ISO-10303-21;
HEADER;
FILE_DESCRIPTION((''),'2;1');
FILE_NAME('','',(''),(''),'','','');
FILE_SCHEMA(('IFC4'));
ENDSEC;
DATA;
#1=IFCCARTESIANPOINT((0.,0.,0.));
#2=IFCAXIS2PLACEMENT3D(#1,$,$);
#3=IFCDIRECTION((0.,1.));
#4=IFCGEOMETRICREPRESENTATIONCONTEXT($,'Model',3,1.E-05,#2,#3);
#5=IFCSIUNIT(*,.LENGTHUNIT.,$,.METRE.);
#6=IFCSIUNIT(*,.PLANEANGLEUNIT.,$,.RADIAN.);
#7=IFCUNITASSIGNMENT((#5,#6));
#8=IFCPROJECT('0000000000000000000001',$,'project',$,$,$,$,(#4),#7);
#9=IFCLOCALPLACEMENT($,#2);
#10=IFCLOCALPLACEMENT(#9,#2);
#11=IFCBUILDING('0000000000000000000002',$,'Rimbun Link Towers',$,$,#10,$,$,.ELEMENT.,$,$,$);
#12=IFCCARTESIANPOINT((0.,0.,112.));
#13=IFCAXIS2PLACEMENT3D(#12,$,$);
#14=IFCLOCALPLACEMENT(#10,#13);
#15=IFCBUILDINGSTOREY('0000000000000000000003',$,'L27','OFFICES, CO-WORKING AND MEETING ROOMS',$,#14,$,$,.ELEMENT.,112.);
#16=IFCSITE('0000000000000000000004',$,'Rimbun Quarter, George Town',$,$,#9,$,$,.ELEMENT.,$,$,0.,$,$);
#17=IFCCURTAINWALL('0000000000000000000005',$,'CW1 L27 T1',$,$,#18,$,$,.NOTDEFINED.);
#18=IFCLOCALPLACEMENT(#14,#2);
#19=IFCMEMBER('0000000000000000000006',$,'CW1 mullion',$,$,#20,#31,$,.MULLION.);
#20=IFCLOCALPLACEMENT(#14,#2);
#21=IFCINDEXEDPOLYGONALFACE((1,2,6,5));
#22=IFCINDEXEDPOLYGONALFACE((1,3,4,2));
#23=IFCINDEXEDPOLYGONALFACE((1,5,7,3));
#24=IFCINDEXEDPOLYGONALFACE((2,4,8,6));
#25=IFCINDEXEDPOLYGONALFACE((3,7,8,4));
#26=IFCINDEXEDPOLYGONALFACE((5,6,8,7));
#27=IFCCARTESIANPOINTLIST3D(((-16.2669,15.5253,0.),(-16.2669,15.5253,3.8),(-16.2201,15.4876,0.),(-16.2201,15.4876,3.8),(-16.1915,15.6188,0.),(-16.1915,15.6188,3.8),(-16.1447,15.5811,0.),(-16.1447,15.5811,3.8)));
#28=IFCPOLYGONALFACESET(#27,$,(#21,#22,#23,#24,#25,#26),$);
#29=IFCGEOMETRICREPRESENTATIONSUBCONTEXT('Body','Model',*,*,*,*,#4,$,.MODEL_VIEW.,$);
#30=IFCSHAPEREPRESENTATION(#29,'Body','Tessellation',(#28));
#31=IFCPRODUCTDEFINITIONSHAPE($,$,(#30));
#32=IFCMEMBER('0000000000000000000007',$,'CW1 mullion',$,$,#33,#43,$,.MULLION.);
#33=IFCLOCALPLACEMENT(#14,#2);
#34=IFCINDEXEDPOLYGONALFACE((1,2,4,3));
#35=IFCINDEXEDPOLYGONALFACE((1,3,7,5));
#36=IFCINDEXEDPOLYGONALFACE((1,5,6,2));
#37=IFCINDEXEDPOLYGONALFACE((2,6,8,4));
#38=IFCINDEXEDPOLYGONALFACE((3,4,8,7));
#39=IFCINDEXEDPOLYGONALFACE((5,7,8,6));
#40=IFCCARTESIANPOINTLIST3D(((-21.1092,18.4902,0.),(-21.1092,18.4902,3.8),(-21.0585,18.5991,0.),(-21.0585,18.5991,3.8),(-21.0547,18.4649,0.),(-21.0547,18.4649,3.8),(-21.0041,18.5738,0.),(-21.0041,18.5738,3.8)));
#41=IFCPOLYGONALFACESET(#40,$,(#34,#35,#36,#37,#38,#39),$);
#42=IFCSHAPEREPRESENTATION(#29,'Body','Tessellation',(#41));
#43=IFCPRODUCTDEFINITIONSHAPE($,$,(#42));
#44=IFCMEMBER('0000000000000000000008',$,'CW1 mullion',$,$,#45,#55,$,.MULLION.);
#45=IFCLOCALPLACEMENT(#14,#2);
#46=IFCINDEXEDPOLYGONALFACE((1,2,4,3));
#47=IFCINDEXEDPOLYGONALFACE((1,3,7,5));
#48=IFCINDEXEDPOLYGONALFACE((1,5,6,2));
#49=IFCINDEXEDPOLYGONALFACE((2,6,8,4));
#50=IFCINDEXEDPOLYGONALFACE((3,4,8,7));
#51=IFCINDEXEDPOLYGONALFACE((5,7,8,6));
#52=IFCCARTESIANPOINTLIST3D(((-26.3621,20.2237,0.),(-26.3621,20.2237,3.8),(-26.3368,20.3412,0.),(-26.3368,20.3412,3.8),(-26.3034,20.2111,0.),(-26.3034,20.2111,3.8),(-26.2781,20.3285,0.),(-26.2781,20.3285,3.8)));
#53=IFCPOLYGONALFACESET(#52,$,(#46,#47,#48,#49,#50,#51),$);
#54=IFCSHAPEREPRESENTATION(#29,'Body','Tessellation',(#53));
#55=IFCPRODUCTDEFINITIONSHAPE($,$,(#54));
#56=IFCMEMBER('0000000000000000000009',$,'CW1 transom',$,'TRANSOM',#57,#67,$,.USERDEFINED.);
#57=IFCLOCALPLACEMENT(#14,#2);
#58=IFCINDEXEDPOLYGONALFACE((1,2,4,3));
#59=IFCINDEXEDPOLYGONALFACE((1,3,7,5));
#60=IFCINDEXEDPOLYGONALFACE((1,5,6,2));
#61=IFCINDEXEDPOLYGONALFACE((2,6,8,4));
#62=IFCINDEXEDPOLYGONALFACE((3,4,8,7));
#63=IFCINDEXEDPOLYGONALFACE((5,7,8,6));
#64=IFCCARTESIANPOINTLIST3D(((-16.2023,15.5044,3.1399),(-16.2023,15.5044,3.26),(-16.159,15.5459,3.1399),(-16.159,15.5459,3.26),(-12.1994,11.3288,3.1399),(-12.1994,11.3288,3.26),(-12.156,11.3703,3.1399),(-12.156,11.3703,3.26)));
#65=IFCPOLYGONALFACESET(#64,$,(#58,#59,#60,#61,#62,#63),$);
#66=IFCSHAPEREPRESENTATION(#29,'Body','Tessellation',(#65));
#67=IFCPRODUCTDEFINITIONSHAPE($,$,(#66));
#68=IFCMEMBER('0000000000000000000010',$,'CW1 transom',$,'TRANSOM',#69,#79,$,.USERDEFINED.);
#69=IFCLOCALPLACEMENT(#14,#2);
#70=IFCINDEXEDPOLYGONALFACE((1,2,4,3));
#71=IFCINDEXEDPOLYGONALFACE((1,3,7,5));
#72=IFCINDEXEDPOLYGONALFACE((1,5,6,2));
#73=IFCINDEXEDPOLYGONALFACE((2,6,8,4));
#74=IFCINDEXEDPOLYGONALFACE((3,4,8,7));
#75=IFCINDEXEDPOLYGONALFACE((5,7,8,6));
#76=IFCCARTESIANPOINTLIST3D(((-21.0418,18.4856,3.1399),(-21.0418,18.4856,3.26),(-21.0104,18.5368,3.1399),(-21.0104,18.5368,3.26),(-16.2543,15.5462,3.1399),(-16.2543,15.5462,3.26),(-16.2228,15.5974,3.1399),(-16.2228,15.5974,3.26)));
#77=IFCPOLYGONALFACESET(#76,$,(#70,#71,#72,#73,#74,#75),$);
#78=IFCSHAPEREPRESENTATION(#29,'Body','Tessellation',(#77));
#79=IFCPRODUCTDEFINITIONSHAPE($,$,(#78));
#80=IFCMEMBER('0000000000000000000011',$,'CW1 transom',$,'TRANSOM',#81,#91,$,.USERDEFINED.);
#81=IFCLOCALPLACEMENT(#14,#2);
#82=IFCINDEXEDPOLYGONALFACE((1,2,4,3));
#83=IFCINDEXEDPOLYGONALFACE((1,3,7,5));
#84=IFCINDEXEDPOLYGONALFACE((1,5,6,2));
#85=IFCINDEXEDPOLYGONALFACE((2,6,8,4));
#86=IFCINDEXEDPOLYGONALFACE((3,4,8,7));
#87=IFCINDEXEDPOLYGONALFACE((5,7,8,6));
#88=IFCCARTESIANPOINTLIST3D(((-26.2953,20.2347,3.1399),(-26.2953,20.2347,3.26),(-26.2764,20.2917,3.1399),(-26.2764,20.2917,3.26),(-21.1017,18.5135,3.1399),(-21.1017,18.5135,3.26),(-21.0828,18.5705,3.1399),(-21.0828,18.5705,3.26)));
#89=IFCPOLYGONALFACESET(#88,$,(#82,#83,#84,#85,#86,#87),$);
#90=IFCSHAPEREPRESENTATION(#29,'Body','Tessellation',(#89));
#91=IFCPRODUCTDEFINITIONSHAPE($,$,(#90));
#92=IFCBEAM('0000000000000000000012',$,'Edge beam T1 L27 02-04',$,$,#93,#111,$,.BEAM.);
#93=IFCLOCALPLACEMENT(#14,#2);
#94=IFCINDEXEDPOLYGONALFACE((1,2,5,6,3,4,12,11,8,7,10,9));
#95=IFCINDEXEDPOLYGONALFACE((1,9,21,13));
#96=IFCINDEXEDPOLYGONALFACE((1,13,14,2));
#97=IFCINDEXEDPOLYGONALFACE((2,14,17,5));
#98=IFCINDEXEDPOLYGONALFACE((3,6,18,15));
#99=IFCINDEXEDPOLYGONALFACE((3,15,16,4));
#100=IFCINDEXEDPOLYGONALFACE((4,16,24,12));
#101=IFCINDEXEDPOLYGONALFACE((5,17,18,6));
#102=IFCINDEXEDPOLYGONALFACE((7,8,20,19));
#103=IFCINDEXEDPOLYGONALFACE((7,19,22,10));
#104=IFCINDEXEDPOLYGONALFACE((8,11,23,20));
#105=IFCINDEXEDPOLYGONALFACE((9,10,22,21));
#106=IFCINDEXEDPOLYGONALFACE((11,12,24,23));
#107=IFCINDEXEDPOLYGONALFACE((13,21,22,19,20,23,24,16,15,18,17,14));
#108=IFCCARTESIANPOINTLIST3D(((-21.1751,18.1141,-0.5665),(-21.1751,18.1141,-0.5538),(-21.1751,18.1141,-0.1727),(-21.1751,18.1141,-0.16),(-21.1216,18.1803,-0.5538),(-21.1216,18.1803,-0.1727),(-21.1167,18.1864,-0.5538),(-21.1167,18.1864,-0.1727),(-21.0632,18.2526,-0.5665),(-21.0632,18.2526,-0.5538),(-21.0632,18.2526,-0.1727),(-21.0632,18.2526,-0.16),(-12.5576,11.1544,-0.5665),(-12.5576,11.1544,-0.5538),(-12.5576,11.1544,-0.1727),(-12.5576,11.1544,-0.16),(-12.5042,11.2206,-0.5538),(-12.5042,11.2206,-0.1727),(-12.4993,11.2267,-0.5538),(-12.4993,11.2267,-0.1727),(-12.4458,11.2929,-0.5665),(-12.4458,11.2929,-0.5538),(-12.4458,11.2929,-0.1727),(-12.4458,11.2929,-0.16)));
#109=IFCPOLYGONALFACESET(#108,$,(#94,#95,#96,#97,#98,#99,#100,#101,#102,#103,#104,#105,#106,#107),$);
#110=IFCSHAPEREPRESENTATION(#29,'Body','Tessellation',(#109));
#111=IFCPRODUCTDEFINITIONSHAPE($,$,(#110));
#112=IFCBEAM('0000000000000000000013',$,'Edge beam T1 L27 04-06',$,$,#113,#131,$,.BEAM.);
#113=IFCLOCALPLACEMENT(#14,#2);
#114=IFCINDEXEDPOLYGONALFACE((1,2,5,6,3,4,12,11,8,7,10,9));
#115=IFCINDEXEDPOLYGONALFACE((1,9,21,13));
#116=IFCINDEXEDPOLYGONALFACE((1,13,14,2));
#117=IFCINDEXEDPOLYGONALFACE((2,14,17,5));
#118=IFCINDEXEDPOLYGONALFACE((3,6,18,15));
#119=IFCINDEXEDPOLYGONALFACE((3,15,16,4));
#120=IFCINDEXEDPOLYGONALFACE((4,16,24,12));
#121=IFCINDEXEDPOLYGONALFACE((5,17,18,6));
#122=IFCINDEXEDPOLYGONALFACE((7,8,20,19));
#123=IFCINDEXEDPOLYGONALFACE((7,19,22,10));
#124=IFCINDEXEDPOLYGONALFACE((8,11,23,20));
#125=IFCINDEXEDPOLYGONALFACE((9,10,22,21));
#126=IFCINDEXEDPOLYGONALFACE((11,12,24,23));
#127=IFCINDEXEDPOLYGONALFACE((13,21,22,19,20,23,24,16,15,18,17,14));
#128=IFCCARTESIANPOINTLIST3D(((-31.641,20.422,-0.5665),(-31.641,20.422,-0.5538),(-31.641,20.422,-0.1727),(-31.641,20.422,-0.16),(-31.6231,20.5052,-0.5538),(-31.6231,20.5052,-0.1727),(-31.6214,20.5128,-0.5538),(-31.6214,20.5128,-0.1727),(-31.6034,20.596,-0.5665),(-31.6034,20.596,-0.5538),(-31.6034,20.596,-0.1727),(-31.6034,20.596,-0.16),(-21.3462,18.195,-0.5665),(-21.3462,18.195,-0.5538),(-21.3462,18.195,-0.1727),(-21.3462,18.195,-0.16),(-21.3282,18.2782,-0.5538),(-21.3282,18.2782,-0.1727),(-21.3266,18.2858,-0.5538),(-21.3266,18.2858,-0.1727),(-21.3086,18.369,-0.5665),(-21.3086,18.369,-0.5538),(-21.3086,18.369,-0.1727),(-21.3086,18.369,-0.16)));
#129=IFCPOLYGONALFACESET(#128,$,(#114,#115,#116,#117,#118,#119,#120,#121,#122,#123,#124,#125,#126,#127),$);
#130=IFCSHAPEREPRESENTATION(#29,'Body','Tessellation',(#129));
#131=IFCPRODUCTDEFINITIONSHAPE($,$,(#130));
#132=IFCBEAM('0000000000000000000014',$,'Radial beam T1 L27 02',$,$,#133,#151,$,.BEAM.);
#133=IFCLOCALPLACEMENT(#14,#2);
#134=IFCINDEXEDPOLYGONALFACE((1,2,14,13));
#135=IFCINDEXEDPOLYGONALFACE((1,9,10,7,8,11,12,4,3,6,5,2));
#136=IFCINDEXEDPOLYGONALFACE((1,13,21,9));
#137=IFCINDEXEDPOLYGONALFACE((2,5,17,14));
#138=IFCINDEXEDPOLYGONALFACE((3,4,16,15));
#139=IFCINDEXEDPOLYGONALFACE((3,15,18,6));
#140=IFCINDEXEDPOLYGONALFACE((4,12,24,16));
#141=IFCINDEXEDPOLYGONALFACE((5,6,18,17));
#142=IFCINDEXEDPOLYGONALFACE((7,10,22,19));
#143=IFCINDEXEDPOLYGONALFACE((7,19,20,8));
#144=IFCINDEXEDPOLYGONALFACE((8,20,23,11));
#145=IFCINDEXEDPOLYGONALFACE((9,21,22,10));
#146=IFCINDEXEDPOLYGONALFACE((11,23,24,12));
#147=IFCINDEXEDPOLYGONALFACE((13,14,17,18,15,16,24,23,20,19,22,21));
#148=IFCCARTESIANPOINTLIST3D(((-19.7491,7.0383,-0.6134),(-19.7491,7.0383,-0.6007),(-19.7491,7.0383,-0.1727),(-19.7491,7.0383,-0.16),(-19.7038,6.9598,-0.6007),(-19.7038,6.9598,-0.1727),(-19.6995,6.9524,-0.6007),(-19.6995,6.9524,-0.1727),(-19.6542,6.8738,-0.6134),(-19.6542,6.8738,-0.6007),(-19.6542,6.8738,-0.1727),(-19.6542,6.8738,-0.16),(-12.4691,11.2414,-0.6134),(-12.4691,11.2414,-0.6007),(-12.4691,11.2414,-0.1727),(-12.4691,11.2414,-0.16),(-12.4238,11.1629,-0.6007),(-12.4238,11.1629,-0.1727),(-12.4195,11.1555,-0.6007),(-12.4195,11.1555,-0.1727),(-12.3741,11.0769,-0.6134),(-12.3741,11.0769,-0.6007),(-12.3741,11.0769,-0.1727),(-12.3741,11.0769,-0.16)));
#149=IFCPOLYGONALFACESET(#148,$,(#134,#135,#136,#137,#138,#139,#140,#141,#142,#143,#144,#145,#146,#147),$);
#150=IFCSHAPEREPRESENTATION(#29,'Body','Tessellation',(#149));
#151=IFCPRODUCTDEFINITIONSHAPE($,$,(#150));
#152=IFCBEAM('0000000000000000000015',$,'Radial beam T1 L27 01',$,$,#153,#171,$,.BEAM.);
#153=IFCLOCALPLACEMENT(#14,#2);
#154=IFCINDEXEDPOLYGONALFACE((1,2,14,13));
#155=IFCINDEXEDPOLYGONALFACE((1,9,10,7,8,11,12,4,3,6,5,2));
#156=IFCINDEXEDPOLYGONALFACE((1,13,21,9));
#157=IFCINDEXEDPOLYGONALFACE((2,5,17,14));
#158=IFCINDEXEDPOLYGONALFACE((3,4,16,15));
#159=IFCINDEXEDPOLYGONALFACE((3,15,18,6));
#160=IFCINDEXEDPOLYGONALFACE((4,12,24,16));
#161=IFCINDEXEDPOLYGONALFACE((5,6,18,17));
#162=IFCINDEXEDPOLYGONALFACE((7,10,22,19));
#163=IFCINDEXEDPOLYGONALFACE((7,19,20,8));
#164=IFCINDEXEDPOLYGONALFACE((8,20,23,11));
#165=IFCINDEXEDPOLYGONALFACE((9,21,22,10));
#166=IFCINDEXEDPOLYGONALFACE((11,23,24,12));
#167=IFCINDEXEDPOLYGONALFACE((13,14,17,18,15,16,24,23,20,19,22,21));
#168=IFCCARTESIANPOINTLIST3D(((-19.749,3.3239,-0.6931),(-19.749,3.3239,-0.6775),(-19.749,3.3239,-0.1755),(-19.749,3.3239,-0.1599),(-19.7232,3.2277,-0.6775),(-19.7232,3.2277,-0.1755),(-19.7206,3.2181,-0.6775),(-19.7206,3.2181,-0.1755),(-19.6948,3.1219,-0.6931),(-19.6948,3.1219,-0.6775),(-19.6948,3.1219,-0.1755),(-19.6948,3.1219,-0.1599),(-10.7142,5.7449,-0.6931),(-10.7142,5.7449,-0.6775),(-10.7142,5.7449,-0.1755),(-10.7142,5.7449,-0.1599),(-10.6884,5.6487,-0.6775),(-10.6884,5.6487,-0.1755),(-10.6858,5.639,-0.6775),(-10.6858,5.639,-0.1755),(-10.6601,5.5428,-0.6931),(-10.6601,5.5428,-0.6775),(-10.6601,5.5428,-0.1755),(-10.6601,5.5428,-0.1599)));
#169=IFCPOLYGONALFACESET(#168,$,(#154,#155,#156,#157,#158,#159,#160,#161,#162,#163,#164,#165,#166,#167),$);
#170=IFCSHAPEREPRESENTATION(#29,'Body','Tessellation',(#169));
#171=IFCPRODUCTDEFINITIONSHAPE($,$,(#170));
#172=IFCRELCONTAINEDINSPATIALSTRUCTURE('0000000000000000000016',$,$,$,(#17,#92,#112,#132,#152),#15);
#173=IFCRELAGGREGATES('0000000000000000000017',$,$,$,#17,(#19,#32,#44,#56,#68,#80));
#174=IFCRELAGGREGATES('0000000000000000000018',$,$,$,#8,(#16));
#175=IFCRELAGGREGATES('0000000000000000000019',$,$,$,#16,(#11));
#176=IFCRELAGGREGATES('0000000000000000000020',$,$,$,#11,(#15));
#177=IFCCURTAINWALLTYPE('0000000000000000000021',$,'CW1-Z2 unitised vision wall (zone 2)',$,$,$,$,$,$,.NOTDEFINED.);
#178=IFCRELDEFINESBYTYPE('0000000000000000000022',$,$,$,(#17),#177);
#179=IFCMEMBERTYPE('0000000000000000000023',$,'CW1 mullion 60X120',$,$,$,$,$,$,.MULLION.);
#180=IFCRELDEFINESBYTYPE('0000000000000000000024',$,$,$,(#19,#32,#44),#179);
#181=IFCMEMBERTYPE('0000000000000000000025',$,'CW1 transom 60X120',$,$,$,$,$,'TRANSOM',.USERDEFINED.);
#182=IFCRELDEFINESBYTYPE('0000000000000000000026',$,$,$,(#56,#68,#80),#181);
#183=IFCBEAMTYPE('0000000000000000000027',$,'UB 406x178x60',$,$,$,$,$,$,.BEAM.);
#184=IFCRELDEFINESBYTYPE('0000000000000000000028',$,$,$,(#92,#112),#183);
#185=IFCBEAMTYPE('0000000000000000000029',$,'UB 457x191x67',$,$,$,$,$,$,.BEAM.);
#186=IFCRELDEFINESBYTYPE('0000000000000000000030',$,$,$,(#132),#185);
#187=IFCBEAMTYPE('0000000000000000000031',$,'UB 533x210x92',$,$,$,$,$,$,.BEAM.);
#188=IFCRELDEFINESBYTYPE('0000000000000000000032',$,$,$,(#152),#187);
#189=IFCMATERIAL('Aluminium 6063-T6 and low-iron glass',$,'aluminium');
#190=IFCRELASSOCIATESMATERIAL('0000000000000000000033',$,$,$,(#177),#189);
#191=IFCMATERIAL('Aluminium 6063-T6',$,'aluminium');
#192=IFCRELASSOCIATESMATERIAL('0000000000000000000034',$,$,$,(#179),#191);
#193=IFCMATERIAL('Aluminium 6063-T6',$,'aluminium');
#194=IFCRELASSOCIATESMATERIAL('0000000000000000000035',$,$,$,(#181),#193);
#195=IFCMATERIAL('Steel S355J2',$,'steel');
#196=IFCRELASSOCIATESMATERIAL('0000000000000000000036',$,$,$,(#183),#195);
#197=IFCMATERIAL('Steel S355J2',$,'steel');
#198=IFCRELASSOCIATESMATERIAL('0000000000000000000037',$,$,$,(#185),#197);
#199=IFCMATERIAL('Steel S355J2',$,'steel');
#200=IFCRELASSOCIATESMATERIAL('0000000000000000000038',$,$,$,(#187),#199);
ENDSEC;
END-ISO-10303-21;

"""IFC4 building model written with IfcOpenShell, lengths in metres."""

from ifc_helpers import new_model, si_unit, direction, frame, origin, origin_2d, place, context, subcontext, project, spatial, rectangle, i_section, extrude, material, material_profile, profile_set, type_object, element, aggregate, save


model = new_model("IFC4")

# Units and contexts
model_context = context("Model", 3, precision=1e-05, world=origin(), true_north=direction((0.0, 1.0)))
body_context = subcontext(model_context, "Body", "Model", "MODEL_VIEW")
ifc_project = project(units=[si_unit("LENGTHUNIT", "METRE"), si_unit("PLANEANGLEUNIT", "RADIAN")], contexts=[model_context])

# Site, building, storey
site_placement = place(None, origin())
site = spatial("IfcSite", under=ifc_project, at=site_placement, Name="Rimbun Quarter, George Town", CompositionType="ELEMENT", RefElevation=0.0)
building_placement = place(site_placement, origin())
building = spatial("IfcBuilding", under=site, at=building_placement, Name="Rimbun Link Towers", CompositionType="ELEMENT")
storey_placement = place(building_placement, frame((0.0, 0.0, 112.0)))
storey = spatial("IfcBuildingStorey", under=building, at=storey_placement, Name="L27", Description="OFFICES, CO-WORKING AND MEETING ROOMS", CompositionType="ELEMENT", Elevation=112.0)

# Curtain wall, members
ifc_material_1 = material(Name="Aluminium 6063-T6 and low-iron glass", Category="aluminium")
curtain_wall_type = type_object("IfcCurtainWallType", Name="CW1-Z2 unitised vision wall (zone 2)", PredefinedType="NOTDEFINED", material=ifc_material_1)
curtain_wall_placement = place(storey_placement, origin())
curtain_wall = element("IfcCurtainWall", 1, at=curtain_wall_placement, inside=storey, type_object=curtain_wall_type, Name="CW1 L27 T1", PredefinedType="NOTDEFINED")
ifc_material_2 = material(Name="Aluminium 6063-T6", Category="aluminium")
ifc_material_profile_1 = material_profile(ifc_material_2, rectangle(XDim=0.1201, YDim=0.0601, at=origin_2d()), Name="MULLION 60X120")
ifc_profile_set_1 = profile_set([ifc_material_profile_1], Name="Aluminium 6063-T6")
member_type_1 = type_object("IfcMemberType", Name="CW1 mullion 60X120", PredefinedType="MULLION", material=ifc_profile_set_1)
member_1_placement = place(storey_placement, frame((-16.2058, 15.5532, 0.0), z_axis=(0.0, 0.0, 1.0), x_axis=(0.62767, 0.778479, 0.0)))
member_1 = element("IfcMember", 2, at=member_1_placement, type_object=member_type_1, Name="CW1 mullion", PredefinedType="MULLION", context=body_context, shape_type="SweptSolid", body=[
    extrude(rectangle(XDim=0.1201, YDim=0.0601, at=origin_2d()), origin(), (0.0, 0.0, 1.0), 3.8),
])
member_2_placement = place(storey_placement, frame((-21.0566, 18.532, 0.0), z_axis=(0.0, 0.0, 1.0), x_axis=(0.421703, 0.906734, 0.0)))
member_2 = element("IfcMember", 3, at=member_2_placement, type_object=member_type_1, Name="CW1 mullion", PredefinedType="MULLION", context=body_context, shape_type="SweptSolid", body=[
    extrude(rectangle(XDim=0.1201, YDim=0.0601, at=origin_2d()), origin(), (0.0, 0.0, 1.0), 3.8),
])
member_3_placement = place(storey_placement, frame((-26.3201, 20.2761, 0.0), z_axis=(0.0, 0.0, 1.0), x_axis=(0.210865, 0.977515, 0.0)))
member_3 = element("IfcMember", 4, at=member_3_placement, type_object=member_type_1, Name="CW1 mullion", PredefinedType="MULLION", context=body_context, shape_type="SweptSolid", body=[
    extrude(rectangle(XDim=0.1201, YDim=0.0601, at=origin_2d()), origin(), (0.0, 0.0, 1.0), 3.8),
])
ifc_material_3 = material(Name="Aluminium 6063-T6", Category="aluminium")
ifc_material_profile_2 = material_profile(ifc_material_3, rectangle(XDim=0.0601, YDim=0.1201, at=origin_2d()), Name="TRANSOM 60X120")
ifc_profile_set_2 = profile_set([ifc_material_profile_2], Name="Aluminium 6063-T6")
member_type_2 = type_object("IfcMemberType", Name="CW1 transom 60X120", ElementType="TRANSOM", PredefinedType="USERDEFINED", material=ifc_profile_set_2)
member_4_placement = place(storey_placement, frame((-16.1807, 15.5251, 3.2), z_axis=(0.692029, -0.72187, 0.0), x_axis=(0.72187, 0.692029, 0.0)))
member_4 = element("IfcMember", 5, at=member_4_placement, type_object=member_type_2, Name="CW1 transom", ObjectType="TRANSOM", PredefinedType="USERDEFINED", context=body_context, shape_type="SweptSolid", body=[
    extrude(rectangle(XDim=0.0601, YDim=0.1201, at=origin_2d()), origin(), (0.0, 0.0, 1.0), 5.7844),
])
member_5_placement = place(storey_placement, frame((-21.0261, 18.5112, 3.2), z_axis=(0.852195, -0.523224, 0.0), x_axis=(0.523224, 0.852195, 0.0)))
member_5 = element("IfcMember", 6, at=member_5_placement, type_object=member_type_2, Name="CW1 transom", ObjectType="TRANSOM", PredefinedType="USERDEFINED", context=body_context, shape_type="SweptSolid", body=[
    extrude(rectangle(XDim=0.0601, YDim=0.1201, at=origin_2d()), origin(), (0.0, 0.0, 1.0), 5.6179),
])
member_6_placement = place(storey_placement, frame((-26.2859, 20.2632, 3.2), z_axis=(0.949231, -0.314581, 0.0), x_axis=(0.314581, 0.949231, 0.0)))
member_6 = element("IfcMember", 7, at=member_6_placement, type_object=member_type_2, Name="CW1 transom", ObjectType="TRANSOM", PredefinedType="USERDEFINED", context=body_context, shape_type="SweptSolid", body=[
    extrude(rectangle(XDim=0.0601, YDim=0.1201, at=origin_2d()), origin(), (0.0, 0.0, 1.0), 5.4714),
])

# Beams
ifc_material_4 = material(Name="Steel S355J2", Category="steel")
ifc_material_profile_3 = material_profile(ifc_material_4, i_section(OverallWidth=0.178, OverallDepth=0.4065, WebThickness=0.0078, FlangeThickness=0.0127, at=origin_2d()), Name="UB 406x178x60")
ifc_profile_set_3 = profile_set([ifc_material_profile_3], Name="Steel S355J2")
beam_type_1 = type_object("IfcBeamType", Name="UB 406x178x60", PredefinedType="BEAM", material=ifc_profile_set_3)
beam_1_placement = place(storey_placement, frame((-12.5017, 11.2236, -0.3633), z_axis=(-0.777964, 0.628309, 0.0), x_axis=(-0.628309, -0.777964, 0.0)))
element("IfcBeam", 8, at=beam_1_placement, inside=storey, type_object=beam_type_1, Name="Edge beam T1 L27 02-04", PredefinedType="BEAM", context=body_context, shape_type="SweptSolid", body=[
    extrude(i_section(OverallWidth=0.178, OverallDepth=0.4065, WebThickness=0.0078, FlangeThickness=0.0127, at=origin_2d()), origin(), (0.0, 0.0, 1.0), 11.0769),
])
beam_2_placement = place(storey_placement, frame((-21.3274, 18.282, -0.3633), z_axis=(-0.977392, 0.211435, 0.0), x_axis=(-0.211435, -0.977392, 0.0)))
element("IfcBeam", 9, at=beam_2_placement, inside=storey, type_object=beam_type_1, Name="Edge beam T1 L27 04-06", PredefinedType="BEAM", context=body_context, shape_type="SweptSolid", body=[
    extrude(i_section(OverallWidth=0.178, OverallDepth=0.4065, WebThickness=0.0078, FlangeThickness=0.0127, at=origin_2d()), origin(), (0.0, 0.0, 1.0), 10.533),
])
ifc_material_5 = material(Name="Steel S355J2", Category="steel")
ifc_material_profile_4 = material_profile(ifc_material_5, i_section(OverallWidth=0.1899, OverallDepth=0.4534, WebThickness=0.0085, FlangeThickness=0.0127, at=origin_2d()), Name="UB 457x191x67")
ifc_profile_set_4 = profile_set([ifc_material_profile_4], Name="Steel S355J2")
beam_type_2 = type_object("IfcBeamType", Name="UB 457x191x67", PredefinedType="BEAM", material=ifc_profile_set_4)
beam_3_placement = place(storey_placement, frame((-19.7017, 6.9561, -0.3867), z_axis=(0.866026, 0.5, 0.0), x_axis=(-0.5, 0.866026, 0.0)))
element("IfcBeam", 10, at=beam_3_placement, inside=storey, type_object=beam_type_2, Name="Radial beam T1 L27 02", PredefinedType="BEAM", context=body_context, shape_type="SweptSolid", body=[
    extrude(i_section(OverallWidth=0.1899, OverallDepth=0.4534, WebThickness=0.0085, FlangeThickness=0.0127, at=origin_2d()), origin(), (0.0, 0.0, 1.0), 8.4062),
])
ifc_material_6 = material(Name="Steel S355J2", Category="steel")
ifc_material_profile_5 = material_profile(ifc_material_6, i_section(OverallWidth=0.2092, OverallDepth=0.5332, WebThickness=0.01, FlangeThickness=0.0156, at=origin_2d()), Name="UB 533x210x92")
ifc_profile_set_5 = profile_set([ifc_material_profile_5], Name="Steel S355J2")
beam_type_3 = type_object("IfcBeamType", Name="UB 533x210x92", PredefinedType="BEAM", material=ifc_profile_set_5)
beam_4_placement = place(storey_placement, frame((-19.7219, 3.2229, -0.4265), z_axis=(0.965924, 0.258826, 0.0), x_axis=(-0.258826, 0.965924, 0.0)))
element("IfcBeam", 11, at=beam_4_placement, inside=storey, type_object=beam_type_3, Name="Radial beam T1 L27 01", PredefinedType="BEAM", context=body_context, shape_type="SweptSolid", body=[
    extrude(i_section(OverallWidth=0.2092, OverallDepth=0.5332, WebThickness=0.01, FlangeThickness=0.0156, at=origin_2d()), origin(), (0.0, 0.0, 1.0), 9.3535),
])

aggregate(curtain_wall, [member_1, member_2, member_3, member_4, member_5, member_6])

save(model, "model.ifc")
